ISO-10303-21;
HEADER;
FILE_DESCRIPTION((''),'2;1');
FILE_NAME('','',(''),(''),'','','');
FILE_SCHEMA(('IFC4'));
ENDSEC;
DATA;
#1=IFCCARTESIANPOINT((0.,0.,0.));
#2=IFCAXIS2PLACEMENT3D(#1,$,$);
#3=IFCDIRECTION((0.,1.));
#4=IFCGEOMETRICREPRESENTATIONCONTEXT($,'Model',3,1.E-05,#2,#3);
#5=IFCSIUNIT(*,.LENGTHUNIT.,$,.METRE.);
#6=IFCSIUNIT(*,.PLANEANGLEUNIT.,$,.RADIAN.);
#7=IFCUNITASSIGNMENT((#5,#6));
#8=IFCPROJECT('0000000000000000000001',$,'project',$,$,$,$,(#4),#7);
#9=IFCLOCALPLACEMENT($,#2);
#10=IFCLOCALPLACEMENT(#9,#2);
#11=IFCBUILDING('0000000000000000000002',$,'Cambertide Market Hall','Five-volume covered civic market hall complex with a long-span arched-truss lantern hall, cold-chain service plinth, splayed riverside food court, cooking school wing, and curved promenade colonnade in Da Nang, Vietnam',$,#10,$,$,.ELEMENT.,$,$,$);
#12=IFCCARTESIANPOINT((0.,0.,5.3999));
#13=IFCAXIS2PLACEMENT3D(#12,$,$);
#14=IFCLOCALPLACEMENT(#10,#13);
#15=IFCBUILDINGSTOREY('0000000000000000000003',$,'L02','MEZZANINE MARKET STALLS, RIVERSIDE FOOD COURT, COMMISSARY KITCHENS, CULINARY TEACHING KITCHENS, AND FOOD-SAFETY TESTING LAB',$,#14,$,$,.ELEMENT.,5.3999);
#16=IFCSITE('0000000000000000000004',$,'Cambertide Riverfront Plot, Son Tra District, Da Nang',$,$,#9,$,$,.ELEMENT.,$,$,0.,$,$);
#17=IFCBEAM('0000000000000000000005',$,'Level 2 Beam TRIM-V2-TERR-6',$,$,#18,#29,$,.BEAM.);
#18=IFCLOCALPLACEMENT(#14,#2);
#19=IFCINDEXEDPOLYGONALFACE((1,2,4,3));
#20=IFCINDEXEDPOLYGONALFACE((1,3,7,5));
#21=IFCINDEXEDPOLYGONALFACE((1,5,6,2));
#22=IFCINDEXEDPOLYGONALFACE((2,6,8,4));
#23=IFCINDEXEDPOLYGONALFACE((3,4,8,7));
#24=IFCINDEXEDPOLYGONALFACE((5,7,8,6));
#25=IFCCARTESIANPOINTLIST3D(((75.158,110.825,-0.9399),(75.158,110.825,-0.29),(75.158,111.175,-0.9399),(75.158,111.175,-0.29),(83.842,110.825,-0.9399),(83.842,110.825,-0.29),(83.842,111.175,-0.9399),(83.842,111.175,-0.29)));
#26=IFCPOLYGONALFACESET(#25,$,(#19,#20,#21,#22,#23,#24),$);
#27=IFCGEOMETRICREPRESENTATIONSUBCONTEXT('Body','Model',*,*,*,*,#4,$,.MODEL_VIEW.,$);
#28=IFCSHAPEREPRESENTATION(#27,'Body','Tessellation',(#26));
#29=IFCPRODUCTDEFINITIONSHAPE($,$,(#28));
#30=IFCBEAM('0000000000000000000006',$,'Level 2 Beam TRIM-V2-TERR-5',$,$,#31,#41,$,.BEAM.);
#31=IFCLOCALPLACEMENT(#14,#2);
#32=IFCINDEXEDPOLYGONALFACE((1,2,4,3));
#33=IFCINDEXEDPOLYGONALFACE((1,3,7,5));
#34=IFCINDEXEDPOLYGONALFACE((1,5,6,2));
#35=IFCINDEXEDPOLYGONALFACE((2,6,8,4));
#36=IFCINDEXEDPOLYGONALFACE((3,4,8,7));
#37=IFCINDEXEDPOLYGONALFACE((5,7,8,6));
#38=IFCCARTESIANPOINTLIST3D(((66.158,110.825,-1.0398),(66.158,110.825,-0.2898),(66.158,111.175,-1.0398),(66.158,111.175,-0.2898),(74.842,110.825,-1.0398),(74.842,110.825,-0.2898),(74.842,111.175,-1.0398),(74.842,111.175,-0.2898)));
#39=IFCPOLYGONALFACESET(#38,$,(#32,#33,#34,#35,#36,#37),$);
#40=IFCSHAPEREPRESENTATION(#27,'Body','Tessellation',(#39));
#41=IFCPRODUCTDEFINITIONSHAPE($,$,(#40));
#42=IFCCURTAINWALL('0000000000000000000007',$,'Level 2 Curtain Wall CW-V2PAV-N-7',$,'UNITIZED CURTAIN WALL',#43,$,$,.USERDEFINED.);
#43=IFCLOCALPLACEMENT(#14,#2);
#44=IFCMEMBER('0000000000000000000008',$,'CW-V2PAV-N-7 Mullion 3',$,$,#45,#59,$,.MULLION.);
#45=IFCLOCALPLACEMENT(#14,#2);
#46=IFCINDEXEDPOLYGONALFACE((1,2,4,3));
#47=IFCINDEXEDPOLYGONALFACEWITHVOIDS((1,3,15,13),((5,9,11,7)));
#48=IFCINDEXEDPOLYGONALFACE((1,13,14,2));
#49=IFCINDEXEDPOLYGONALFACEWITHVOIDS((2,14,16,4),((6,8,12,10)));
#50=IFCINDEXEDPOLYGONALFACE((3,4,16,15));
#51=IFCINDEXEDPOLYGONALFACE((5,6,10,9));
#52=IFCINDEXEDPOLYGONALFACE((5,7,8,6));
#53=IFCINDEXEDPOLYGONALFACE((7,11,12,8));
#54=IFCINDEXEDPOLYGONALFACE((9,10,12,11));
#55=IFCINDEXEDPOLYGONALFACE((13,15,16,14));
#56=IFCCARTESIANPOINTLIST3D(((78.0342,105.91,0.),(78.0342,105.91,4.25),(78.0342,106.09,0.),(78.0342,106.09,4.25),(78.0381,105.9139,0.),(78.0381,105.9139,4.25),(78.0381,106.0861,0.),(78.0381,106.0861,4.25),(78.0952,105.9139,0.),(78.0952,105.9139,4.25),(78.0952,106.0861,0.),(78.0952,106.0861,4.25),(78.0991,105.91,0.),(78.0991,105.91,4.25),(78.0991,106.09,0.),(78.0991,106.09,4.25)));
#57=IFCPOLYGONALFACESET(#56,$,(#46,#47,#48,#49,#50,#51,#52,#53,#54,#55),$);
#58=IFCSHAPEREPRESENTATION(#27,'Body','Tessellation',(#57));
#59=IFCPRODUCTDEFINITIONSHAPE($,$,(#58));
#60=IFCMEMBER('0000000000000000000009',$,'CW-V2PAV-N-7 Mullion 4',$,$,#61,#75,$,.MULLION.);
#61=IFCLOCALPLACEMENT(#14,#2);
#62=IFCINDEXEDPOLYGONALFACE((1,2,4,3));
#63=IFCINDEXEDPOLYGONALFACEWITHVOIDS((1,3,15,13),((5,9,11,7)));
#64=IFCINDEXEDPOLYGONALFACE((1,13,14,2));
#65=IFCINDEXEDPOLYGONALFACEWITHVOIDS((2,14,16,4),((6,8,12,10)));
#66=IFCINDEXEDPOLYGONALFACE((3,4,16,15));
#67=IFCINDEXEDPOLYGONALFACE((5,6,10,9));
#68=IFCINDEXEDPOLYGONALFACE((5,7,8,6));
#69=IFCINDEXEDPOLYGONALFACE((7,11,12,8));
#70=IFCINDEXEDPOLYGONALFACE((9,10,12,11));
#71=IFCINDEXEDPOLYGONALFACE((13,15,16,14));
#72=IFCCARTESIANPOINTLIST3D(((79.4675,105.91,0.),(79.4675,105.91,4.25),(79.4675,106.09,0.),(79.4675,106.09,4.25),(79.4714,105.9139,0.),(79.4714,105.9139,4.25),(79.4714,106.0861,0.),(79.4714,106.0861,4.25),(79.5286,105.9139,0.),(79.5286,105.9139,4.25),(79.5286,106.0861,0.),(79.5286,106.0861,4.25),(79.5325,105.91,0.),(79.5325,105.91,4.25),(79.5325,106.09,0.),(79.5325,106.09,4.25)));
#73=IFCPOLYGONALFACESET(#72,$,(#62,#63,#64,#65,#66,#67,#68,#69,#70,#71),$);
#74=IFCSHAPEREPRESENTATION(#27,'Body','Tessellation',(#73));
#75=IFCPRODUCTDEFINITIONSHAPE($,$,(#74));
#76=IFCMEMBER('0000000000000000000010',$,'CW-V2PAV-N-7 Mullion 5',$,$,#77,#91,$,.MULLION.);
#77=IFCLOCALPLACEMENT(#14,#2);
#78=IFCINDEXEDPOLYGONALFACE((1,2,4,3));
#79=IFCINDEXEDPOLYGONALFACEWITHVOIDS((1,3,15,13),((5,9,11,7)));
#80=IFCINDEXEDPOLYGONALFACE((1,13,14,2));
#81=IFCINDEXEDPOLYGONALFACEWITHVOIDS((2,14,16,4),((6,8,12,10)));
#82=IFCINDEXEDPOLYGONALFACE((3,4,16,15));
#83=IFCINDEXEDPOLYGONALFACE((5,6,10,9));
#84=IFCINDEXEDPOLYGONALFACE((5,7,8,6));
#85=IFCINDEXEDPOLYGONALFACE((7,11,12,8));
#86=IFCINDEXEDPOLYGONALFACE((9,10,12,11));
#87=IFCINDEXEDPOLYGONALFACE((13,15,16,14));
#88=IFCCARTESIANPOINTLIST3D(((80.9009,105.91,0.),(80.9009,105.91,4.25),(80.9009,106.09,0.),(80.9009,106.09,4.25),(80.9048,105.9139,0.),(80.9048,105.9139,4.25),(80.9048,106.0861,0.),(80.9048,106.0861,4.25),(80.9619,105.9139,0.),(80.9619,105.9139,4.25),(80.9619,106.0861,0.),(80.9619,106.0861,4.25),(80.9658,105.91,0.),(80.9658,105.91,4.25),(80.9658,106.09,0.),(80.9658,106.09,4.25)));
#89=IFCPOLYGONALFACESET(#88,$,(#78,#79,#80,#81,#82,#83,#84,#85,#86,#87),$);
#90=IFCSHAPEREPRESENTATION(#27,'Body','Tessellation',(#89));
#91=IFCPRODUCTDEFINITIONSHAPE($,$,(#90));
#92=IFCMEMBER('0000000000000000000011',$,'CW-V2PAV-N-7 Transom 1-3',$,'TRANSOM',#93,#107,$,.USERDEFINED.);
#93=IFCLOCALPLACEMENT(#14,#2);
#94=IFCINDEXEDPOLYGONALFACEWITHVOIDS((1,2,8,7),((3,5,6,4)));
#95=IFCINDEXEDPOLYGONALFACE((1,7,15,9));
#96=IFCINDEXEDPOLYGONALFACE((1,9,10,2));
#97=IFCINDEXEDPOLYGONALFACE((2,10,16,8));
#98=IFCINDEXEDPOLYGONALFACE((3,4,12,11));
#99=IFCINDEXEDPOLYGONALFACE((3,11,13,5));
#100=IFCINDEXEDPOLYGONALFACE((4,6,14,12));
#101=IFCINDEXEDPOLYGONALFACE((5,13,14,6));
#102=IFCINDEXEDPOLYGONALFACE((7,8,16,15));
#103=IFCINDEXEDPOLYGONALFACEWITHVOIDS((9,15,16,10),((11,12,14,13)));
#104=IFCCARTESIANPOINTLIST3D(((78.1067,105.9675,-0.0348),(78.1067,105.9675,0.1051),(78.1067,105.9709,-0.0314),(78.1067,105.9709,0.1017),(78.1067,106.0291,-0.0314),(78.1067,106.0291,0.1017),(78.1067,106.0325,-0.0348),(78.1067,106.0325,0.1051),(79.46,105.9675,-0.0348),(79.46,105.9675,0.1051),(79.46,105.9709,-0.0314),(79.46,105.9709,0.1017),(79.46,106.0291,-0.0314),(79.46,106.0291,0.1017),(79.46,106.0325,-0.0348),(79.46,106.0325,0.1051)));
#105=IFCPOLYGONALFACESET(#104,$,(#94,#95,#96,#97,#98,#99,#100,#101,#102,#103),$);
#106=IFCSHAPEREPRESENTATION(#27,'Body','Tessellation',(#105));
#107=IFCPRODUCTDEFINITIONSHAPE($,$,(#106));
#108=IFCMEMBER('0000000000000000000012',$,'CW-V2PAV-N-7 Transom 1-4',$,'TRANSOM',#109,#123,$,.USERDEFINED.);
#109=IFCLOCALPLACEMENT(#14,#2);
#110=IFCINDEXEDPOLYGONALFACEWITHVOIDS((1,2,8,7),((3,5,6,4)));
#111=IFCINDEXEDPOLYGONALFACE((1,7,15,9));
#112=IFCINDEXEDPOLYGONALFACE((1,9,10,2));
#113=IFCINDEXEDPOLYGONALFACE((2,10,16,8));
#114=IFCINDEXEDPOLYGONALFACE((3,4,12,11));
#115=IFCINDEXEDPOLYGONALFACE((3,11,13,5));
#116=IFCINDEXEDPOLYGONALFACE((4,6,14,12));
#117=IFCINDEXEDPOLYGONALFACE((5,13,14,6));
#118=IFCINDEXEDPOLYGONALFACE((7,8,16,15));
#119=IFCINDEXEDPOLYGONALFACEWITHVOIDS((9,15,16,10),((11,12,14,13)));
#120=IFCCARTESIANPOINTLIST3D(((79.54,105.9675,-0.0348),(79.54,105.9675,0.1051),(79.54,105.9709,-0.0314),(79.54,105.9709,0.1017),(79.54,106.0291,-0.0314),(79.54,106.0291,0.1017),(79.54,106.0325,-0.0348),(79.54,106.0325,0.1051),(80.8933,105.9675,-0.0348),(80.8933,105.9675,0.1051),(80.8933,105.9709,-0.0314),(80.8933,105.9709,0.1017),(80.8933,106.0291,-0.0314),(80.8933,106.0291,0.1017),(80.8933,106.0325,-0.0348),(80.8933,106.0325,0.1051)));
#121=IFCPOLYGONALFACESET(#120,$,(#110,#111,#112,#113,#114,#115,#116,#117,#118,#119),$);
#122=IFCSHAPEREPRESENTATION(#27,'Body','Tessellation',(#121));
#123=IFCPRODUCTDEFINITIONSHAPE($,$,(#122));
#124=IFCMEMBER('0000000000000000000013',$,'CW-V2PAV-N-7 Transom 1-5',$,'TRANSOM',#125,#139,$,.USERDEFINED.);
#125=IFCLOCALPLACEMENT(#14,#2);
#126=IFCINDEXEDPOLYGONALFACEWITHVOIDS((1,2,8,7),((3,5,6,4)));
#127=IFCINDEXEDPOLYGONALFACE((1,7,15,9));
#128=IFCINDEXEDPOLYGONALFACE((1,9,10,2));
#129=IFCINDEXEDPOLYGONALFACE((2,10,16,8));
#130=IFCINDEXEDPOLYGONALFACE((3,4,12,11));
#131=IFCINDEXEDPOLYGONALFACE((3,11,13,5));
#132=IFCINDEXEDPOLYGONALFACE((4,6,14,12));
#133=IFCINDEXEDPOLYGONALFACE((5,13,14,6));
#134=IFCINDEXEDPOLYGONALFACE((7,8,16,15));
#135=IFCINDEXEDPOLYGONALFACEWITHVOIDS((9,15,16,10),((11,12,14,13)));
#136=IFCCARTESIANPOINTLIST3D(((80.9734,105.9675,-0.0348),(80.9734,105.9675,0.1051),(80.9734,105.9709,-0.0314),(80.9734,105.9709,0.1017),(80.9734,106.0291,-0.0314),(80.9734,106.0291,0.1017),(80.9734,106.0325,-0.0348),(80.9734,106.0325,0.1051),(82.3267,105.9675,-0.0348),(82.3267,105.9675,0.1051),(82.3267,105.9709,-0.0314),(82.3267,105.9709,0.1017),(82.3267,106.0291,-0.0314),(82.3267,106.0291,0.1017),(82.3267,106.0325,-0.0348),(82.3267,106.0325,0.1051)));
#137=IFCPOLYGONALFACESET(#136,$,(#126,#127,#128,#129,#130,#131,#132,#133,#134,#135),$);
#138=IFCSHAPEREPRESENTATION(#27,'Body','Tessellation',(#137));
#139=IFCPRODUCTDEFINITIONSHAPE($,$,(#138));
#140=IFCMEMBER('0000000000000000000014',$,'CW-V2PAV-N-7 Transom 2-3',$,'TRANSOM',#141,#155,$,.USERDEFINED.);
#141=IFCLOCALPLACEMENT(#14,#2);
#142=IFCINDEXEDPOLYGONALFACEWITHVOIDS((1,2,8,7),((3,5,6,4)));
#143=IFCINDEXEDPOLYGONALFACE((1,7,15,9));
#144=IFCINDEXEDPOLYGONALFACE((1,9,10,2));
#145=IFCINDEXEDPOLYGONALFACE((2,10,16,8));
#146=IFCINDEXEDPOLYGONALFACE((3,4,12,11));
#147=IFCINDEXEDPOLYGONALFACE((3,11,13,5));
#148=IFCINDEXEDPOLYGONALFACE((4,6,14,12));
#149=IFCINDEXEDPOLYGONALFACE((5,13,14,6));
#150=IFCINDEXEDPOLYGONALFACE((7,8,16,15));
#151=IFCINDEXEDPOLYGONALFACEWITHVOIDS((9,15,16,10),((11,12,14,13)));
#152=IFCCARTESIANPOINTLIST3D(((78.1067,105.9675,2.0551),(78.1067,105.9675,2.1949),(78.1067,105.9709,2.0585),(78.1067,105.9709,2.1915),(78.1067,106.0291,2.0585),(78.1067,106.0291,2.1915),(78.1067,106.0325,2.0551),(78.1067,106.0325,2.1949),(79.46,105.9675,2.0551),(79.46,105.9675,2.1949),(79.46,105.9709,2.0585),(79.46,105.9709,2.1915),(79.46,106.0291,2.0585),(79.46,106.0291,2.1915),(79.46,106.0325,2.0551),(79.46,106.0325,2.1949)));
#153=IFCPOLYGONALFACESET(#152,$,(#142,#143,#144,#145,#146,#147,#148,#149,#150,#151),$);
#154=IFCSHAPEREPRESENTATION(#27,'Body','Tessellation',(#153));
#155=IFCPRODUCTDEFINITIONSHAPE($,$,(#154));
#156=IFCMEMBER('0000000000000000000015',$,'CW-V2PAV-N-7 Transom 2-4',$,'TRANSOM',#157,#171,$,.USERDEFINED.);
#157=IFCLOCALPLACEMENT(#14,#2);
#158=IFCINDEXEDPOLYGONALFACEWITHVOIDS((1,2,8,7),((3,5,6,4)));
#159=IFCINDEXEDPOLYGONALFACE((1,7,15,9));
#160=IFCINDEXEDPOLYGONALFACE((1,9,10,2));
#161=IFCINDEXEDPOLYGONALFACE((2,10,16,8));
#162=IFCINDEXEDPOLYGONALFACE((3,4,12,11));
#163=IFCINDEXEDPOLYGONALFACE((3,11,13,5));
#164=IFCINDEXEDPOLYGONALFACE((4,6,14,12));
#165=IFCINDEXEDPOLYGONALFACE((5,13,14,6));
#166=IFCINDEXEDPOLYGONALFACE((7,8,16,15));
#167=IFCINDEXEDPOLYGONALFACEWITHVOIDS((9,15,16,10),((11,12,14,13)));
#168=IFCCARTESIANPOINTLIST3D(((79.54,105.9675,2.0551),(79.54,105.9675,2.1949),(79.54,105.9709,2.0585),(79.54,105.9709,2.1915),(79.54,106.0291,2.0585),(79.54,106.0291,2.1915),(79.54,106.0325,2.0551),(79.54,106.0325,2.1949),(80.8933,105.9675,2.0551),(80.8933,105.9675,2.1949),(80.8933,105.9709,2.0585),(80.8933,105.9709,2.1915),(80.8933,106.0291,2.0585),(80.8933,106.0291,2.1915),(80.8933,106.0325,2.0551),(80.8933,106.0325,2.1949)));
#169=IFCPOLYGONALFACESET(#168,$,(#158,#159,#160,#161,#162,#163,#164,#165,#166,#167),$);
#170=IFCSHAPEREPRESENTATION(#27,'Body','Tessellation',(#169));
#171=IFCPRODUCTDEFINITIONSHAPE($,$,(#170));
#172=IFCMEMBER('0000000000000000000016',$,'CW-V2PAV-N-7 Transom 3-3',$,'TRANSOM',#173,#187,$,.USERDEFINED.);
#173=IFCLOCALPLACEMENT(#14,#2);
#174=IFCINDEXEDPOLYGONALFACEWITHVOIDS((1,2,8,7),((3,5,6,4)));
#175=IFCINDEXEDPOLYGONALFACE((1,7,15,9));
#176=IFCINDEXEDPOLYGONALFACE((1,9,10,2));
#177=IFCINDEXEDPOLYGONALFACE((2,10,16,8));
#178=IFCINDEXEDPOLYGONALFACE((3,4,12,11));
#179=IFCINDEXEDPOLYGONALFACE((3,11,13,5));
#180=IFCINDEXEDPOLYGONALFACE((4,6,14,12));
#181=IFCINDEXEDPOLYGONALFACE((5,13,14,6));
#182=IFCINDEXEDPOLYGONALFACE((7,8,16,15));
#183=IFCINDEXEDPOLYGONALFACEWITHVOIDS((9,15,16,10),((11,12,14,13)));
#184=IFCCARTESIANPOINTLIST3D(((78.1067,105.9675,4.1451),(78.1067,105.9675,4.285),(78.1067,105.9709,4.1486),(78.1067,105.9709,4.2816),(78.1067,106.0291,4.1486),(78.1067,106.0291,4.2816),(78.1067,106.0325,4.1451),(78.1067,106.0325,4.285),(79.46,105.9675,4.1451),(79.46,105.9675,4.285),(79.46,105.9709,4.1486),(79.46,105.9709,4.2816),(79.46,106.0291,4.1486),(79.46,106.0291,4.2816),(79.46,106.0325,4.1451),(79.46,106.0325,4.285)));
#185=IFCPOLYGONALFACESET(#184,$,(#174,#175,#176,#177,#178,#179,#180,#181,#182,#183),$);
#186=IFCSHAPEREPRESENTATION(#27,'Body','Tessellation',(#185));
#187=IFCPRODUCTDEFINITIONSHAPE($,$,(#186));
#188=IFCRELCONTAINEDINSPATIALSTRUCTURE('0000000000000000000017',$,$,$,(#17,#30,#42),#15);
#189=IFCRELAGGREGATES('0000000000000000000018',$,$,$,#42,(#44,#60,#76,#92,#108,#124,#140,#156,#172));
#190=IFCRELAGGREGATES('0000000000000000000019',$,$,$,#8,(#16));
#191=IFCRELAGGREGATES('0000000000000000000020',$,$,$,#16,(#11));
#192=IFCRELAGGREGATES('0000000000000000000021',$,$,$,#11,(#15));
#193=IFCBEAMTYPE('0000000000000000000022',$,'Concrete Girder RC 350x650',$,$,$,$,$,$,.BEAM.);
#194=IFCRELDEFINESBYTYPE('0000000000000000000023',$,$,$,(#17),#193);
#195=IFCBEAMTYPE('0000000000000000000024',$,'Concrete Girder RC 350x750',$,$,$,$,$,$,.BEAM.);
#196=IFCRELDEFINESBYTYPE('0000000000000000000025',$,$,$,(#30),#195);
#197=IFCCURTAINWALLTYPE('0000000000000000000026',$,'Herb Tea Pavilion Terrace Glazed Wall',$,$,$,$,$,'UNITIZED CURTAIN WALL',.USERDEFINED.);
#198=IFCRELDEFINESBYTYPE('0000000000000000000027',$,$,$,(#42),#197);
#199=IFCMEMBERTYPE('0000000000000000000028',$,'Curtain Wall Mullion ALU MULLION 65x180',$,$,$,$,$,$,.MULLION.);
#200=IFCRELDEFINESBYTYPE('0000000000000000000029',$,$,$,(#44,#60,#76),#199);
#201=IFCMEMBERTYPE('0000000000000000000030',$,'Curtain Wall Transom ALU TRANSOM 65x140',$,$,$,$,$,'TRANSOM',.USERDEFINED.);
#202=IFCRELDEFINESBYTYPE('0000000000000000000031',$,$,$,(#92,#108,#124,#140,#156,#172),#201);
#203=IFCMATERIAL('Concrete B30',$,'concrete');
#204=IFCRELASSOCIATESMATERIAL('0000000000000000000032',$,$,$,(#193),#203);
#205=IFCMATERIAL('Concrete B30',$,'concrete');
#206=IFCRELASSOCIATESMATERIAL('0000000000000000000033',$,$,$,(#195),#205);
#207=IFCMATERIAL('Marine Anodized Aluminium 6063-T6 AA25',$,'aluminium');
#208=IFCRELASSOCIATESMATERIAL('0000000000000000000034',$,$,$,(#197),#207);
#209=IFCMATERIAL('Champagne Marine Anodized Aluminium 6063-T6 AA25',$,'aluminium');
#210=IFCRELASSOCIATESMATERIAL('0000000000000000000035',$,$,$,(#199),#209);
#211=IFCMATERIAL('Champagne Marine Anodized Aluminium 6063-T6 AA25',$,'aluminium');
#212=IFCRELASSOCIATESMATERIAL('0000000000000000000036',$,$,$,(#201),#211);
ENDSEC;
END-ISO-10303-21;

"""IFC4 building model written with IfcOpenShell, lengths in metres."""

from ifc_helpers import new_model, si_unit, direction, frame, origin, origin_2d, place, context, subcontext, project, spatial, rectangle, hollow_rectangle, extrude, material, material_profile, profile_set, type_object, element, aggregate, save


model = new_model("IFC4")

# Units and contexts
model_context = context("Model", 3, precision=1e-05, world=origin(), true_north=direction((0.0, 1.0)))
body_context = subcontext(model_context, "Body", "Model", "MODEL_VIEW")
ifc_project = project(units=[si_unit("LENGTHUNIT", "METRE"), si_unit("PLANEANGLEUNIT", "RADIAN")], contexts=[model_context])

# Site, building, storey
site_placement = place(None, origin())
site = spatial("IfcSite", under=ifc_project, at=site_placement, Name="Cambertide Riverfront Plot, Son Tra District, Da Nang", CompositionType="ELEMENT", RefElevation=0.0)
building_placement = place(site_placement, origin())
building = spatial("IfcBuilding", under=site, at=building_placement, Name="Cambertide Market Hall", Description="Five-volume covered civic market hall complex with a long-span arched-truss lantern hall, cold-chain service plinth, splayed riverside food court, cooking school wing, and curved promenade colonnade in Da Nang, Vietnam", CompositionType="ELEMENT")
storey_placement = place(building_placement, frame((0.0, 0.0, 5.3999)))
storey = spatial("IfcBuildingStorey", under=building, at=storey_placement, Name="L02", Description="MEZZANINE MARKET STALLS, RIVERSIDE FOOD COURT, COMMISSARY KITCHENS, CULINARY TEACHING KITCHENS, AND FOOD-SAFETY TESTING LAB", CompositionType="ELEMENT", Elevation=5.3999)

# Beams
ifc_material_1 = material(Name="Concrete B30", Category="concrete")
ifc_material_profile_1 = material_profile(ifc_material_1, rectangle(XDim=0.3501, YDim=0.6499, at=origin_2d()), Name="RC 350x650")
ifc_profile_set_1 = profile_set([ifc_material_profile_1], Name="Concrete B30")
beam_type_1 = type_object("IfcBeamType", Name="Concrete Girder RC 350x650", PredefinedType="BEAM", material=ifc_profile_set_1)
beam_1_placement = place(storey_placement, frame((75.158, 111.0, -0.615), z_axis=(1.0, 0.0, 0.0), x_axis=(0.0, 1.0, 0.0)))
element("IfcBeam", 1, at=beam_1_placement, inside=storey, type_object=beam_type_1, Name="Level 2 Beam TRIM-V2-TERR-6", PredefinedType="BEAM", context=body_context, shape_type="SweptSolid", body=[
    extrude(rectangle(XDim=0.3501, YDim=0.6499, at=origin_2d()), origin(), (0.0, 0.0, 1.0), 8.6841),
])
ifc_material_2 = material(Name="Concrete B30", Category="concrete")
ifc_material_profile_2 = material_profile(ifc_material_2, rectangle(XDim=0.3501, YDim=0.75, at=origin_2d()), Name="RC 350x750")
ifc_profile_set_2 = profile_set([ifc_material_profile_2], Name="Concrete B30")
beam_type_2 = type_object("IfcBeamType", Name="Concrete Girder RC 350x750", PredefinedType="BEAM", material=ifc_profile_set_2)
beam_2_placement = place(storey_placement, frame((66.158, 111.0, -0.6648), z_axis=(1.0, 0.0, 0.0), x_axis=(0.0, 1.0, 0.0)))
element("IfcBeam", 2, at=beam_2_placement, inside=storey, type_object=beam_type_2, Name="Level 2 Beam TRIM-V2-TERR-5", PredefinedType="BEAM", context=body_context, shape_type="SweptSolid", body=[
    extrude(rectangle(XDim=0.3501, YDim=0.75, at=origin_2d()), origin(), (0.0, 0.0, 1.0), 8.6841),
])

# Curtain wall, members
ifc_material_3 = material(Name="Marine Anodized Aluminium 6063-T6 AA25", Category="aluminium")
curtain_wall_type = type_object("IfcCurtainWallType", Name="Herb Tea Pavilion Terrace Glazed Wall", ElementType="UNITIZED CURTAIN WALL", PredefinedType="USERDEFINED", material=ifc_material_3)
curtain_wall_placement = place(storey_placement, origin())
curtain_wall = element("IfcCurtainWall", 3, at=curtain_wall_placement, inside=storey, type_object=curtain_wall_type, Name="Level 2 Curtain Wall CW-V2PAV-N-7", ObjectType="UNITIZED CURTAIN WALL", PredefinedType="USERDEFINED")
ifc_material_4 = material(Name="Champagne Marine Anodized Aluminium 6063-T6 AA25", Category="aluminium")
ifc_material_profile_3 = material_profile(ifc_material_4, hollow_rectangle(XDim=0.0649, YDim=0.1799, WallThickness=0.0039, at=origin_2d()), Name="ALU MULLION 65x180")
ifc_profile_set_3 = profile_set([ifc_material_profile_3], Name="Champagne Marine Anodized Aluminium 6063-T6 AA25")
member_type_1 = type_object("IfcMemberType", Name="Curtain Wall Mullion ALU MULLION 65x180", PredefinedType="MULLION", material=ifc_profile_set_3)
member_1_placement = place(storey_placement, frame((78.0667, 106.0, 0.0), z_axis=(0.0, 0.0, 1.0), x_axis=(1.0, 0.0, 0.0)))
member_1 = element("IfcMember", 4, at=member_1_placement, type_object=member_type_1, Name="CW-V2PAV-N-7 Mullion 3", PredefinedType="MULLION", context=body_context, shape_type="SweptSolid", body=[
    extrude(hollow_rectangle(XDim=0.0649, YDim=0.1799, WallThickness=0.0039, at=origin_2d()), origin(), (0.0, 0.0, 1.0), 4.25),
])
member_2_placement = place(storey_placement, frame((79.5, 106.0, 0.0), z_axis=(0.0, 0.0, 1.0), x_axis=(1.0, 0.0, 0.0)))
member_2 = element("IfcMember", 5, at=member_2_placement, type_object=member_type_1, Name="CW-V2PAV-N-7 Mullion 4", PredefinedType="MULLION", context=body_context, shape_type="SweptSolid", body=[
    extrude(hollow_rectangle(XDim=0.0649, YDim=0.1799, WallThickness=0.0039, at=origin_2d()), origin(), (0.0, 0.0, 1.0), 4.25),
])
member_3_placement = place(storey_placement, frame((80.9333, 106.0, 0.0), z_axis=(0.0, 0.0, 1.0), x_axis=(1.0, 0.0, 0.0)))
member_3 = element("IfcMember", 6, at=member_3_placement, type_object=member_type_1, Name="CW-V2PAV-N-7 Mullion 5", PredefinedType="MULLION", context=body_context, shape_type="SweptSolid", body=[
    extrude(hollow_rectangle(XDim=0.0649, YDim=0.1799, WallThickness=0.0039, at=origin_2d()), origin(), (0.0, 0.0, 1.0), 4.25),
])
ifc_material_5 = material(Name="Champagne Marine Anodized Aluminium 6063-T6 AA25", Category="aluminium")
ifc_material_profile_4 = material_profile(ifc_material_5, hollow_rectangle(XDim=0.0649, YDim=0.1399, WallThickness=0.0034, at=origin_2d()), Name="ALU TRANSOM 65x140")
ifc_profile_set_4 = profile_set([ifc_material_profile_4], Name="Champagne Marine Anodized Aluminium 6063-T6 AA25")
member_type_2 = type_object("IfcMemberType", Name="Curtain Wall Transom ALU TRANSOM 65x140", ElementType="TRANSOM", PredefinedType="USERDEFINED", material=ifc_profile_set_4)
member_4_placement = place(storey_placement, frame((78.1067, 106.0, 0.0352), z_axis=(1.0, 0.0, 0.0), x_axis=(0.0, 1.0, 0.0)))
member_4 = element("IfcMember", 7, at=member_4_placement, type_object=member_type_2, Name="CW-V2PAV-N-7 Transom 1-3", ObjectType="TRANSOM", PredefinedType="USERDEFINED", context=body_context, shape_type="SweptSolid", body=[
    extrude(hollow_rectangle(XDim=0.0649, YDim=0.1399, WallThickness=0.0034, at=origin_2d()), origin(), (0.0, 0.0, 1.0), 1.3533),
])
member_5_placement = place(storey_placement, frame((79.54, 106.0, 0.0352), z_axis=(1.0, 0.0, 0.0), x_axis=(0.0, 1.0, 0.0)))
member_5 = element("IfcMember", 8, at=member_5_placement, type_object=member_type_2, Name="CW-V2PAV-N-7 Transom 1-4", ObjectType="TRANSOM", PredefinedType="USERDEFINED", context=body_context, shape_type="SweptSolid", body=[
    extrude(hollow_rectangle(XDim=0.0649, YDim=0.1399, WallThickness=0.0034, at=origin_2d()), origin(), (0.0, 0.0, 1.0), 1.3533),
])
member_6_placement = place(storey_placement, frame((80.9734, 106.0, 0.0352), z_axis=(1.0, 0.0, 0.0), x_axis=(0.0, 1.0, 0.0)))
member_6 = element("IfcMember", 9, at=member_6_placement, type_object=member_type_2, Name="CW-V2PAV-N-7 Transom 1-5", ObjectType="TRANSOM", PredefinedType="USERDEFINED", context=body_context, shape_type="SweptSolid", body=[
    extrude(hollow_rectangle(XDim=0.0649, YDim=0.1399, WallThickness=0.0034, at=origin_2d()), origin(), (0.0, 0.0, 1.0), 1.3533),
])
member_7_placement = place(storey_placement, frame((78.1067, 106.0, 2.125), z_axis=(1.0, 0.0, 0.0), x_axis=(0.0, 1.0, 0.0)))
member_7 = element("IfcMember", 10, at=member_7_placement, type_object=member_type_2, Name="CW-V2PAV-N-7 Transom 2-3", ObjectType="TRANSOM", PredefinedType="USERDEFINED", context=body_context, shape_type="SweptSolid", body=[
    extrude(hollow_rectangle(XDim=0.0649, YDim=0.1399, WallThickness=0.0034, at=origin_2d()), origin(), (0.0, 0.0, 1.0), 1.3533),
])
member_8_placement = place(storey_placement, frame((79.54, 106.0, 2.125), z_axis=(1.0, 0.0, 0.0), x_axis=(0.0, 1.0, 0.0)))
member_8 = element("IfcMember", 11, at=member_8_placement, type_object=member_type_2, Name="CW-V2PAV-N-7 Transom 2-4", ObjectType="TRANSOM", PredefinedType="USERDEFINED", context=body_context, shape_type="SweptSolid", body=[
    extrude(hollow_rectangle(XDim=0.0649, YDim=0.1399, WallThickness=0.0034, at=origin_2d()), origin(), (0.0, 0.0, 1.0), 1.3533),
])
member_9_placement = place(storey_placement, frame((78.1067, 106.0, 4.2151), z_axis=(1.0, 0.0, 0.0), x_axis=(0.0, 1.0, 0.0)))
member_9 = element("IfcMember", 12, at=member_9_placement, type_object=member_type_2, Name="CW-V2PAV-N-7 Transom 3-3", ObjectType="TRANSOM", PredefinedType="USERDEFINED", context=body_context, shape_type="SweptSolid", body=[
    extrude(hollow_rectangle(XDim=0.0649, YDim=0.1399, WallThickness=0.0034, at=origin_2d()), origin(), (0.0, 0.0, 1.0), 1.3533),
])

aggregate(curtain_wall, [member_1, member_2, member_3, member_4, member_5, member_6, member_7, member_8, member_9])

save(model, "model.ifc")
